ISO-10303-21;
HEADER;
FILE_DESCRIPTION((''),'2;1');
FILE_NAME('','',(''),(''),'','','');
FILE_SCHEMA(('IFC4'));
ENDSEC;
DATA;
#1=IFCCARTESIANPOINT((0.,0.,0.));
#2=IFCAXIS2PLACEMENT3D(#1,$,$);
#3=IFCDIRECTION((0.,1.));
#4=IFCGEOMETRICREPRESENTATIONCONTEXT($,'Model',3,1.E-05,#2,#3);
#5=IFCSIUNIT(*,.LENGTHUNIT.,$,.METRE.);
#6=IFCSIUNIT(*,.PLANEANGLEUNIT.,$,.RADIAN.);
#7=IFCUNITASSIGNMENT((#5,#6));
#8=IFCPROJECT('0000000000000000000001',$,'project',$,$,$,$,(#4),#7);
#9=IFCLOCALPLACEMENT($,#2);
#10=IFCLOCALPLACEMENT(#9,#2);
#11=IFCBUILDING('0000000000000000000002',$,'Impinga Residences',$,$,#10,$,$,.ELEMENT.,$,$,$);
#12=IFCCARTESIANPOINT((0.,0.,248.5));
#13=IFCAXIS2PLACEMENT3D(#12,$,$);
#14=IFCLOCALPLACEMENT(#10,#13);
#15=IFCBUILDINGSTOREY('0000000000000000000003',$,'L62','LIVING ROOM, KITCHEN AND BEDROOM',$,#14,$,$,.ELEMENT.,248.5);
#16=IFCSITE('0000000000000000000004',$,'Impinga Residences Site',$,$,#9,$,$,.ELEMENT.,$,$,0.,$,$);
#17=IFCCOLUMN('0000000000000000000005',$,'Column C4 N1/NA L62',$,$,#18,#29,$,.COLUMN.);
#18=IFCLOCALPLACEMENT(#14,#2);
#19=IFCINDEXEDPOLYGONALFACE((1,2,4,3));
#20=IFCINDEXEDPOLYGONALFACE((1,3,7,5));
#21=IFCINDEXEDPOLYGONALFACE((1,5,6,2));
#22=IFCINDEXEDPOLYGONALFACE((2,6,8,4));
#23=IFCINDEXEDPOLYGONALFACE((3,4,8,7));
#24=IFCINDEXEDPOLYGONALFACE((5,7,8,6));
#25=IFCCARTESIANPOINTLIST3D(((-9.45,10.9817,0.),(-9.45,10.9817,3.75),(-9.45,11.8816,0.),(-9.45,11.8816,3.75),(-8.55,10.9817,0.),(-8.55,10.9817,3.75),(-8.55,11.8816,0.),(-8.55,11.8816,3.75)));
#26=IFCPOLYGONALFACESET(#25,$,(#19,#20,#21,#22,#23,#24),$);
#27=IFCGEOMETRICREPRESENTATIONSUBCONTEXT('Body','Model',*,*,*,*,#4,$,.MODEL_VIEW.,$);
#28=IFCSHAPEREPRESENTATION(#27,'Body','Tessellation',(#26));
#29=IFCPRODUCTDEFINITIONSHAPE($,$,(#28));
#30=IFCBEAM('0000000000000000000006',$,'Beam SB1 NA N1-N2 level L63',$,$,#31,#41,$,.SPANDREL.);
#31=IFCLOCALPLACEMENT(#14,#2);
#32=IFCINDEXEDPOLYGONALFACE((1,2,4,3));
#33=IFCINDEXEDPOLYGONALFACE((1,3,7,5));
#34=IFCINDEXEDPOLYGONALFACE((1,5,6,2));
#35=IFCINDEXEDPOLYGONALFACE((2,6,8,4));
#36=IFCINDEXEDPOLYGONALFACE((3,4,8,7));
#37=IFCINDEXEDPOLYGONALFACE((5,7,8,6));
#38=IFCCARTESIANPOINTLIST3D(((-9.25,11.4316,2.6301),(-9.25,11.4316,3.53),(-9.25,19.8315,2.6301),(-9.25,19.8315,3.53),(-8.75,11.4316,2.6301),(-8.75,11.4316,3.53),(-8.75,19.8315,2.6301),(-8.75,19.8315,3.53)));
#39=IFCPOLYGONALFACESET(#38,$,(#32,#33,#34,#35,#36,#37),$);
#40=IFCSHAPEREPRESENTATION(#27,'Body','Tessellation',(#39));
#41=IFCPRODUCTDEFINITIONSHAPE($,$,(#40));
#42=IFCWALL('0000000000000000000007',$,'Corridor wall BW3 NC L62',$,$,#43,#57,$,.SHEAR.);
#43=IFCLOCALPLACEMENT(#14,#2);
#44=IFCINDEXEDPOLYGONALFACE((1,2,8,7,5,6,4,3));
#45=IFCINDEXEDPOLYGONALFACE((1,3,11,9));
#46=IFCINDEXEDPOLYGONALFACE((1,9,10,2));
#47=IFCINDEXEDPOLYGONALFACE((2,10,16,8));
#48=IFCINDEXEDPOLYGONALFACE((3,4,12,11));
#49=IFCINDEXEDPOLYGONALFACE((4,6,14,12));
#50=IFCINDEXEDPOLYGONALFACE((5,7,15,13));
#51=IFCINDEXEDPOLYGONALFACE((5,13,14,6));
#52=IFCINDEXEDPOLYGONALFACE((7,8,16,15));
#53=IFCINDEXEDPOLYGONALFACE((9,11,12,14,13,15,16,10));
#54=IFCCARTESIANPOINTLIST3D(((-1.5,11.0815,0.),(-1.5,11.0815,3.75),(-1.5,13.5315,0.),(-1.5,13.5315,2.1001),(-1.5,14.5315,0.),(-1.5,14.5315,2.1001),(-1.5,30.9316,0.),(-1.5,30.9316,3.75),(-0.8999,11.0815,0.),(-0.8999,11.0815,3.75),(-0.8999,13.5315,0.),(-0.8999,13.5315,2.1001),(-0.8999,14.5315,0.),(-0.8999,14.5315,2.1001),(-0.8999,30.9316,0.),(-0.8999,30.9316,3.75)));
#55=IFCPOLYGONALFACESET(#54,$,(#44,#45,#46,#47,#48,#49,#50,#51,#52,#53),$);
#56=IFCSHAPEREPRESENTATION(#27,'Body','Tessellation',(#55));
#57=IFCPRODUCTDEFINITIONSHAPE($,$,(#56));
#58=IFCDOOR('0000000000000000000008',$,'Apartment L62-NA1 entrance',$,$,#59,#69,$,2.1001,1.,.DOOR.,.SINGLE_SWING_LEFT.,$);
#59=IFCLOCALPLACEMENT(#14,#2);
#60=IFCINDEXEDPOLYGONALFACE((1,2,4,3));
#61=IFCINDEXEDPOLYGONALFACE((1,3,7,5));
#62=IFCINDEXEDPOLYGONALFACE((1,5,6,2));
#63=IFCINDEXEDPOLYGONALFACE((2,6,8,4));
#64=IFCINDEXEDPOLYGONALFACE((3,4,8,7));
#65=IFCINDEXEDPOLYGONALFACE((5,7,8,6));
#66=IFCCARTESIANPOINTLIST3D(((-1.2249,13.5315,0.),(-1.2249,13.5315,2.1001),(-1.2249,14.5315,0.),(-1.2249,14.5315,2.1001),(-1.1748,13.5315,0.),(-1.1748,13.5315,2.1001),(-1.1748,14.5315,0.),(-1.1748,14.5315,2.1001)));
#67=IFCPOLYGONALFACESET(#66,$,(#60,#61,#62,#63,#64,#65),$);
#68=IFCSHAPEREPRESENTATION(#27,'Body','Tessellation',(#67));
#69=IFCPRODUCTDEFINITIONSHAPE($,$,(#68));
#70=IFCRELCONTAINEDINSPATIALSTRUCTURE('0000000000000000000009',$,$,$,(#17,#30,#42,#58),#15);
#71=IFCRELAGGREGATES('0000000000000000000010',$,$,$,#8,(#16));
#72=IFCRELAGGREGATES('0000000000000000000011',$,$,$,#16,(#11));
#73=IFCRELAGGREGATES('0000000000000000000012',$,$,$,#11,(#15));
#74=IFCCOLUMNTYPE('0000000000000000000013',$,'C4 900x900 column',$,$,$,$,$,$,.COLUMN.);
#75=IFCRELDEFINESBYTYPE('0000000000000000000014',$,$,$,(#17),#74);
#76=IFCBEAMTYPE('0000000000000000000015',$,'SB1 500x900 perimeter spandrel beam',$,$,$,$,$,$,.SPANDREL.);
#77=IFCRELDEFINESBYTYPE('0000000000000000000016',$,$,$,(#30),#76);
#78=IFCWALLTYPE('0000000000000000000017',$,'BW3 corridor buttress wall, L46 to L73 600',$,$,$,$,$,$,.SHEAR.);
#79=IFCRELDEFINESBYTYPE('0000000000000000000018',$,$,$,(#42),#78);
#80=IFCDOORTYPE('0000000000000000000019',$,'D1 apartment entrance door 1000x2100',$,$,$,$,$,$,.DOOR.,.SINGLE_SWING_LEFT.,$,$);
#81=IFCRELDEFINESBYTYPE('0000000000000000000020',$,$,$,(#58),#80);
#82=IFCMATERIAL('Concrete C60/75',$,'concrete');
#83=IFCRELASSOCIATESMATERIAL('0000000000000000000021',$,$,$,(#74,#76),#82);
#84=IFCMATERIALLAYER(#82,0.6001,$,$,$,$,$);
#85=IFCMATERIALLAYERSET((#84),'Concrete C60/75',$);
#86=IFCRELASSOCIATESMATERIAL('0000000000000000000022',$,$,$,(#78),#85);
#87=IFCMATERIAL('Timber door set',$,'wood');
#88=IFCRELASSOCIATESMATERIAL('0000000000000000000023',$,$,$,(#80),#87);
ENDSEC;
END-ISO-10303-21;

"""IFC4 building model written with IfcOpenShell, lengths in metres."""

from ifc_helpers import new_model, si_unit, direction, frame, frame_2d, origin, origin_2d, place, context, subcontext, project, spatial, rectangle, extrude, material, layer, layer_set, material_profile, profile_set, type_object, element, fill, save


model = new_model("IFC4")

# Units and contexts
model_context = context("Model", 3, precision=1e-05, world=origin(), true_north=direction((0.0, 1.0)))
body_context = subcontext(model_context, "Body", "Model", "MODEL_VIEW")
ifc_project = project(units=[si_unit("LENGTHUNIT", "METRE"), si_unit("PLANEANGLEUNIT", "RADIAN")], contexts=[model_context])

# Site, building, storey
site_placement = place(None, origin())
site = spatial("IfcSite", under=ifc_project, at=site_placement, Name="Impinga Residences Site", CompositionType="ELEMENT", RefElevation=0.0)
building_placement = place(site_placement, origin())
building = spatial("IfcBuilding", under=site, at=building_placement, Name="Impinga Residences", CompositionType="ELEMENT")
storey_placement = place(building_placement, frame((0.0, 0.0, 248.5)))
storey = spatial("IfcBuildingStorey", under=building, at=storey_placement, Name="L62", Description="LIVING ROOM, KITCHEN AND BEDROOM", CompositionType="ELEMENT", Elevation=248.5)

# Column
ifc_material_1 = material(Name="Concrete C60/75", Category="concrete")
ifc_material_profile_1 = material_profile(ifc_material_1, rectangle(XDim=0.8999, YDim=0.8999, at=origin_2d()), Name="RC 900x900")
ifc_profile_set_1 = profile_set([ifc_material_profile_1], Name="Concrete C60/75")
column_type = type_object("IfcColumnType", Name="C4 900x900 column", PredefinedType="COLUMN", material=ifc_profile_set_1)
column_placement = place(storey_placement, frame((-9.0, 11.4316, 0.0), z_axis=(0.0, 0.0, 1.0), x_axis=(1.0, 0.0, 0.0)))
element("IfcColumn", 1, at=column_placement, inside=storey, type_object=column_type, Name="Column C4 N1/NA L62", PredefinedType="COLUMN", context=body_context, shape_type="SweptSolid", body=[
    extrude(rectangle(XDim=0.8999, YDim=0.8999, at=origin_2d()), origin(), (0.0, 0.0, 1.0), 3.75),
])

# Beam
ifc_material_profile_2 = material_profile(ifc_material_1, rectangle(XDim=0.5, YDim=0.8999, at=origin_2d()), Name="RC 500x900")
ifc_profile_set_2 = profile_set([ifc_material_profile_2], Name="Concrete C60/75")
beam_type = type_object("IfcBeamType", Name="SB1 500x900 perimeter spandrel beam", PredefinedType="SPANDREL", material=ifc_profile_set_2)
beam_placement = place(storey_placement, frame((-9.0, 11.4316, 3.0801), z_axis=(0.0, 1.0, 0.0), x_axis=(-1.0, 0.0, 0.0)))
element("IfcBeam", 2, at=beam_placement, inside=storey, type_object=beam_type, Name="Beam SB1 NA N1-N2 level L63", PredefinedType="SPANDREL", context=body_context, shape_type="SweptSolid", body=[
    extrude(rectangle(XDim=0.5, YDim=0.8999, at=origin_2d()), origin(), (0.0, 0.0, 1.0), 8.3999),
])

# Wall, opening, door
ifc_layer_1 = layer(ifc_material_1, 0.6001)
ifc_layer_set_1 = layer_set([ifc_layer_1], Name="Concrete C60/75")
wall_type_1 = type_object("IfcWallType", Name="BW3 corridor buttress wall, L46 to L73 600", PredefinedType="SHEAR", material=ifc_layer_set_1)
wall_1_placement = place(storey_placement, frame((-1.2, 11.0815, 0.0), z_axis=(0.0, 0.0, 1.0), x_axis=(0.0, 1.0, 0.0)))
wall_1 = element("IfcWall", 3, at=wall_1_placement, inside=storey, type_object=wall_type_1, Name="Corridor wall BW3 NC L62", PredefinedType="SHEAR", context=body_context, shape_type="SweptSolid", body=[
    extrude(rectangle(XDim=19.8501, YDim=0.6001, at=frame_2d((9.925, 0.0))), origin(), (0.0, 0.0, 1.0), 3.75),
])
opening_1_placement = place(wall_1_placement, frame((2.45, 0.0, 0.0)))
opening_1 = element("IfcOpeningElement", 4, at=opening_1_placement, cuts=wall_1, PredefinedType="OPENING", context=body_context, shape_type="SweptSolid", body=[
    extrude(rectangle(XDim=1.0, YDim=2.1001, at=frame_2d((0.5, 1.05))), frame((0.0, 0.3101, 0.0), z_axis=(0.0, -1.0, 0.0), x_axis=(1.0, 0.0, 0.0)), (0.0, 0.0, 1.0), 0.6201),
])
ifc_material_2 = material(Name="Timber door set", Category="wood")
door_type_1 = type_object("IfcDoorType", Name="D1 apartment entrance door 1000x2100", OperationType="SINGLE_SWING_LEFT", PredefinedType="DOOR", material=ifc_material_2)
door_1_placement = place(opening_1_placement, origin())
door_1 = element("IfcDoor", 5, at=door_1_placement, inside=storey, type_object=door_type_1, Name="Apartment L62-NA1 entrance", OperationType="SINGLE_SWING_LEFT", OverallHeight=2.1001, OverallWidth=1.0, PredefinedType="DOOR", context=body_context, shape_type="SweptSolid", body=[
    extrude(rectangle(XDim=1.0, YDim=2.1001, at=frame_2d((0.5, 1.05))), frame((0.0, 0.0249, 0.0), z_axis=(0.0, -1.0, 0.0), x_axis=(1.0, 0.0, 0.0)), (0.0, 0.0, 1.0), 0.05),
])
fill(opening_1, door_1)

save(model, "model.ifc")
